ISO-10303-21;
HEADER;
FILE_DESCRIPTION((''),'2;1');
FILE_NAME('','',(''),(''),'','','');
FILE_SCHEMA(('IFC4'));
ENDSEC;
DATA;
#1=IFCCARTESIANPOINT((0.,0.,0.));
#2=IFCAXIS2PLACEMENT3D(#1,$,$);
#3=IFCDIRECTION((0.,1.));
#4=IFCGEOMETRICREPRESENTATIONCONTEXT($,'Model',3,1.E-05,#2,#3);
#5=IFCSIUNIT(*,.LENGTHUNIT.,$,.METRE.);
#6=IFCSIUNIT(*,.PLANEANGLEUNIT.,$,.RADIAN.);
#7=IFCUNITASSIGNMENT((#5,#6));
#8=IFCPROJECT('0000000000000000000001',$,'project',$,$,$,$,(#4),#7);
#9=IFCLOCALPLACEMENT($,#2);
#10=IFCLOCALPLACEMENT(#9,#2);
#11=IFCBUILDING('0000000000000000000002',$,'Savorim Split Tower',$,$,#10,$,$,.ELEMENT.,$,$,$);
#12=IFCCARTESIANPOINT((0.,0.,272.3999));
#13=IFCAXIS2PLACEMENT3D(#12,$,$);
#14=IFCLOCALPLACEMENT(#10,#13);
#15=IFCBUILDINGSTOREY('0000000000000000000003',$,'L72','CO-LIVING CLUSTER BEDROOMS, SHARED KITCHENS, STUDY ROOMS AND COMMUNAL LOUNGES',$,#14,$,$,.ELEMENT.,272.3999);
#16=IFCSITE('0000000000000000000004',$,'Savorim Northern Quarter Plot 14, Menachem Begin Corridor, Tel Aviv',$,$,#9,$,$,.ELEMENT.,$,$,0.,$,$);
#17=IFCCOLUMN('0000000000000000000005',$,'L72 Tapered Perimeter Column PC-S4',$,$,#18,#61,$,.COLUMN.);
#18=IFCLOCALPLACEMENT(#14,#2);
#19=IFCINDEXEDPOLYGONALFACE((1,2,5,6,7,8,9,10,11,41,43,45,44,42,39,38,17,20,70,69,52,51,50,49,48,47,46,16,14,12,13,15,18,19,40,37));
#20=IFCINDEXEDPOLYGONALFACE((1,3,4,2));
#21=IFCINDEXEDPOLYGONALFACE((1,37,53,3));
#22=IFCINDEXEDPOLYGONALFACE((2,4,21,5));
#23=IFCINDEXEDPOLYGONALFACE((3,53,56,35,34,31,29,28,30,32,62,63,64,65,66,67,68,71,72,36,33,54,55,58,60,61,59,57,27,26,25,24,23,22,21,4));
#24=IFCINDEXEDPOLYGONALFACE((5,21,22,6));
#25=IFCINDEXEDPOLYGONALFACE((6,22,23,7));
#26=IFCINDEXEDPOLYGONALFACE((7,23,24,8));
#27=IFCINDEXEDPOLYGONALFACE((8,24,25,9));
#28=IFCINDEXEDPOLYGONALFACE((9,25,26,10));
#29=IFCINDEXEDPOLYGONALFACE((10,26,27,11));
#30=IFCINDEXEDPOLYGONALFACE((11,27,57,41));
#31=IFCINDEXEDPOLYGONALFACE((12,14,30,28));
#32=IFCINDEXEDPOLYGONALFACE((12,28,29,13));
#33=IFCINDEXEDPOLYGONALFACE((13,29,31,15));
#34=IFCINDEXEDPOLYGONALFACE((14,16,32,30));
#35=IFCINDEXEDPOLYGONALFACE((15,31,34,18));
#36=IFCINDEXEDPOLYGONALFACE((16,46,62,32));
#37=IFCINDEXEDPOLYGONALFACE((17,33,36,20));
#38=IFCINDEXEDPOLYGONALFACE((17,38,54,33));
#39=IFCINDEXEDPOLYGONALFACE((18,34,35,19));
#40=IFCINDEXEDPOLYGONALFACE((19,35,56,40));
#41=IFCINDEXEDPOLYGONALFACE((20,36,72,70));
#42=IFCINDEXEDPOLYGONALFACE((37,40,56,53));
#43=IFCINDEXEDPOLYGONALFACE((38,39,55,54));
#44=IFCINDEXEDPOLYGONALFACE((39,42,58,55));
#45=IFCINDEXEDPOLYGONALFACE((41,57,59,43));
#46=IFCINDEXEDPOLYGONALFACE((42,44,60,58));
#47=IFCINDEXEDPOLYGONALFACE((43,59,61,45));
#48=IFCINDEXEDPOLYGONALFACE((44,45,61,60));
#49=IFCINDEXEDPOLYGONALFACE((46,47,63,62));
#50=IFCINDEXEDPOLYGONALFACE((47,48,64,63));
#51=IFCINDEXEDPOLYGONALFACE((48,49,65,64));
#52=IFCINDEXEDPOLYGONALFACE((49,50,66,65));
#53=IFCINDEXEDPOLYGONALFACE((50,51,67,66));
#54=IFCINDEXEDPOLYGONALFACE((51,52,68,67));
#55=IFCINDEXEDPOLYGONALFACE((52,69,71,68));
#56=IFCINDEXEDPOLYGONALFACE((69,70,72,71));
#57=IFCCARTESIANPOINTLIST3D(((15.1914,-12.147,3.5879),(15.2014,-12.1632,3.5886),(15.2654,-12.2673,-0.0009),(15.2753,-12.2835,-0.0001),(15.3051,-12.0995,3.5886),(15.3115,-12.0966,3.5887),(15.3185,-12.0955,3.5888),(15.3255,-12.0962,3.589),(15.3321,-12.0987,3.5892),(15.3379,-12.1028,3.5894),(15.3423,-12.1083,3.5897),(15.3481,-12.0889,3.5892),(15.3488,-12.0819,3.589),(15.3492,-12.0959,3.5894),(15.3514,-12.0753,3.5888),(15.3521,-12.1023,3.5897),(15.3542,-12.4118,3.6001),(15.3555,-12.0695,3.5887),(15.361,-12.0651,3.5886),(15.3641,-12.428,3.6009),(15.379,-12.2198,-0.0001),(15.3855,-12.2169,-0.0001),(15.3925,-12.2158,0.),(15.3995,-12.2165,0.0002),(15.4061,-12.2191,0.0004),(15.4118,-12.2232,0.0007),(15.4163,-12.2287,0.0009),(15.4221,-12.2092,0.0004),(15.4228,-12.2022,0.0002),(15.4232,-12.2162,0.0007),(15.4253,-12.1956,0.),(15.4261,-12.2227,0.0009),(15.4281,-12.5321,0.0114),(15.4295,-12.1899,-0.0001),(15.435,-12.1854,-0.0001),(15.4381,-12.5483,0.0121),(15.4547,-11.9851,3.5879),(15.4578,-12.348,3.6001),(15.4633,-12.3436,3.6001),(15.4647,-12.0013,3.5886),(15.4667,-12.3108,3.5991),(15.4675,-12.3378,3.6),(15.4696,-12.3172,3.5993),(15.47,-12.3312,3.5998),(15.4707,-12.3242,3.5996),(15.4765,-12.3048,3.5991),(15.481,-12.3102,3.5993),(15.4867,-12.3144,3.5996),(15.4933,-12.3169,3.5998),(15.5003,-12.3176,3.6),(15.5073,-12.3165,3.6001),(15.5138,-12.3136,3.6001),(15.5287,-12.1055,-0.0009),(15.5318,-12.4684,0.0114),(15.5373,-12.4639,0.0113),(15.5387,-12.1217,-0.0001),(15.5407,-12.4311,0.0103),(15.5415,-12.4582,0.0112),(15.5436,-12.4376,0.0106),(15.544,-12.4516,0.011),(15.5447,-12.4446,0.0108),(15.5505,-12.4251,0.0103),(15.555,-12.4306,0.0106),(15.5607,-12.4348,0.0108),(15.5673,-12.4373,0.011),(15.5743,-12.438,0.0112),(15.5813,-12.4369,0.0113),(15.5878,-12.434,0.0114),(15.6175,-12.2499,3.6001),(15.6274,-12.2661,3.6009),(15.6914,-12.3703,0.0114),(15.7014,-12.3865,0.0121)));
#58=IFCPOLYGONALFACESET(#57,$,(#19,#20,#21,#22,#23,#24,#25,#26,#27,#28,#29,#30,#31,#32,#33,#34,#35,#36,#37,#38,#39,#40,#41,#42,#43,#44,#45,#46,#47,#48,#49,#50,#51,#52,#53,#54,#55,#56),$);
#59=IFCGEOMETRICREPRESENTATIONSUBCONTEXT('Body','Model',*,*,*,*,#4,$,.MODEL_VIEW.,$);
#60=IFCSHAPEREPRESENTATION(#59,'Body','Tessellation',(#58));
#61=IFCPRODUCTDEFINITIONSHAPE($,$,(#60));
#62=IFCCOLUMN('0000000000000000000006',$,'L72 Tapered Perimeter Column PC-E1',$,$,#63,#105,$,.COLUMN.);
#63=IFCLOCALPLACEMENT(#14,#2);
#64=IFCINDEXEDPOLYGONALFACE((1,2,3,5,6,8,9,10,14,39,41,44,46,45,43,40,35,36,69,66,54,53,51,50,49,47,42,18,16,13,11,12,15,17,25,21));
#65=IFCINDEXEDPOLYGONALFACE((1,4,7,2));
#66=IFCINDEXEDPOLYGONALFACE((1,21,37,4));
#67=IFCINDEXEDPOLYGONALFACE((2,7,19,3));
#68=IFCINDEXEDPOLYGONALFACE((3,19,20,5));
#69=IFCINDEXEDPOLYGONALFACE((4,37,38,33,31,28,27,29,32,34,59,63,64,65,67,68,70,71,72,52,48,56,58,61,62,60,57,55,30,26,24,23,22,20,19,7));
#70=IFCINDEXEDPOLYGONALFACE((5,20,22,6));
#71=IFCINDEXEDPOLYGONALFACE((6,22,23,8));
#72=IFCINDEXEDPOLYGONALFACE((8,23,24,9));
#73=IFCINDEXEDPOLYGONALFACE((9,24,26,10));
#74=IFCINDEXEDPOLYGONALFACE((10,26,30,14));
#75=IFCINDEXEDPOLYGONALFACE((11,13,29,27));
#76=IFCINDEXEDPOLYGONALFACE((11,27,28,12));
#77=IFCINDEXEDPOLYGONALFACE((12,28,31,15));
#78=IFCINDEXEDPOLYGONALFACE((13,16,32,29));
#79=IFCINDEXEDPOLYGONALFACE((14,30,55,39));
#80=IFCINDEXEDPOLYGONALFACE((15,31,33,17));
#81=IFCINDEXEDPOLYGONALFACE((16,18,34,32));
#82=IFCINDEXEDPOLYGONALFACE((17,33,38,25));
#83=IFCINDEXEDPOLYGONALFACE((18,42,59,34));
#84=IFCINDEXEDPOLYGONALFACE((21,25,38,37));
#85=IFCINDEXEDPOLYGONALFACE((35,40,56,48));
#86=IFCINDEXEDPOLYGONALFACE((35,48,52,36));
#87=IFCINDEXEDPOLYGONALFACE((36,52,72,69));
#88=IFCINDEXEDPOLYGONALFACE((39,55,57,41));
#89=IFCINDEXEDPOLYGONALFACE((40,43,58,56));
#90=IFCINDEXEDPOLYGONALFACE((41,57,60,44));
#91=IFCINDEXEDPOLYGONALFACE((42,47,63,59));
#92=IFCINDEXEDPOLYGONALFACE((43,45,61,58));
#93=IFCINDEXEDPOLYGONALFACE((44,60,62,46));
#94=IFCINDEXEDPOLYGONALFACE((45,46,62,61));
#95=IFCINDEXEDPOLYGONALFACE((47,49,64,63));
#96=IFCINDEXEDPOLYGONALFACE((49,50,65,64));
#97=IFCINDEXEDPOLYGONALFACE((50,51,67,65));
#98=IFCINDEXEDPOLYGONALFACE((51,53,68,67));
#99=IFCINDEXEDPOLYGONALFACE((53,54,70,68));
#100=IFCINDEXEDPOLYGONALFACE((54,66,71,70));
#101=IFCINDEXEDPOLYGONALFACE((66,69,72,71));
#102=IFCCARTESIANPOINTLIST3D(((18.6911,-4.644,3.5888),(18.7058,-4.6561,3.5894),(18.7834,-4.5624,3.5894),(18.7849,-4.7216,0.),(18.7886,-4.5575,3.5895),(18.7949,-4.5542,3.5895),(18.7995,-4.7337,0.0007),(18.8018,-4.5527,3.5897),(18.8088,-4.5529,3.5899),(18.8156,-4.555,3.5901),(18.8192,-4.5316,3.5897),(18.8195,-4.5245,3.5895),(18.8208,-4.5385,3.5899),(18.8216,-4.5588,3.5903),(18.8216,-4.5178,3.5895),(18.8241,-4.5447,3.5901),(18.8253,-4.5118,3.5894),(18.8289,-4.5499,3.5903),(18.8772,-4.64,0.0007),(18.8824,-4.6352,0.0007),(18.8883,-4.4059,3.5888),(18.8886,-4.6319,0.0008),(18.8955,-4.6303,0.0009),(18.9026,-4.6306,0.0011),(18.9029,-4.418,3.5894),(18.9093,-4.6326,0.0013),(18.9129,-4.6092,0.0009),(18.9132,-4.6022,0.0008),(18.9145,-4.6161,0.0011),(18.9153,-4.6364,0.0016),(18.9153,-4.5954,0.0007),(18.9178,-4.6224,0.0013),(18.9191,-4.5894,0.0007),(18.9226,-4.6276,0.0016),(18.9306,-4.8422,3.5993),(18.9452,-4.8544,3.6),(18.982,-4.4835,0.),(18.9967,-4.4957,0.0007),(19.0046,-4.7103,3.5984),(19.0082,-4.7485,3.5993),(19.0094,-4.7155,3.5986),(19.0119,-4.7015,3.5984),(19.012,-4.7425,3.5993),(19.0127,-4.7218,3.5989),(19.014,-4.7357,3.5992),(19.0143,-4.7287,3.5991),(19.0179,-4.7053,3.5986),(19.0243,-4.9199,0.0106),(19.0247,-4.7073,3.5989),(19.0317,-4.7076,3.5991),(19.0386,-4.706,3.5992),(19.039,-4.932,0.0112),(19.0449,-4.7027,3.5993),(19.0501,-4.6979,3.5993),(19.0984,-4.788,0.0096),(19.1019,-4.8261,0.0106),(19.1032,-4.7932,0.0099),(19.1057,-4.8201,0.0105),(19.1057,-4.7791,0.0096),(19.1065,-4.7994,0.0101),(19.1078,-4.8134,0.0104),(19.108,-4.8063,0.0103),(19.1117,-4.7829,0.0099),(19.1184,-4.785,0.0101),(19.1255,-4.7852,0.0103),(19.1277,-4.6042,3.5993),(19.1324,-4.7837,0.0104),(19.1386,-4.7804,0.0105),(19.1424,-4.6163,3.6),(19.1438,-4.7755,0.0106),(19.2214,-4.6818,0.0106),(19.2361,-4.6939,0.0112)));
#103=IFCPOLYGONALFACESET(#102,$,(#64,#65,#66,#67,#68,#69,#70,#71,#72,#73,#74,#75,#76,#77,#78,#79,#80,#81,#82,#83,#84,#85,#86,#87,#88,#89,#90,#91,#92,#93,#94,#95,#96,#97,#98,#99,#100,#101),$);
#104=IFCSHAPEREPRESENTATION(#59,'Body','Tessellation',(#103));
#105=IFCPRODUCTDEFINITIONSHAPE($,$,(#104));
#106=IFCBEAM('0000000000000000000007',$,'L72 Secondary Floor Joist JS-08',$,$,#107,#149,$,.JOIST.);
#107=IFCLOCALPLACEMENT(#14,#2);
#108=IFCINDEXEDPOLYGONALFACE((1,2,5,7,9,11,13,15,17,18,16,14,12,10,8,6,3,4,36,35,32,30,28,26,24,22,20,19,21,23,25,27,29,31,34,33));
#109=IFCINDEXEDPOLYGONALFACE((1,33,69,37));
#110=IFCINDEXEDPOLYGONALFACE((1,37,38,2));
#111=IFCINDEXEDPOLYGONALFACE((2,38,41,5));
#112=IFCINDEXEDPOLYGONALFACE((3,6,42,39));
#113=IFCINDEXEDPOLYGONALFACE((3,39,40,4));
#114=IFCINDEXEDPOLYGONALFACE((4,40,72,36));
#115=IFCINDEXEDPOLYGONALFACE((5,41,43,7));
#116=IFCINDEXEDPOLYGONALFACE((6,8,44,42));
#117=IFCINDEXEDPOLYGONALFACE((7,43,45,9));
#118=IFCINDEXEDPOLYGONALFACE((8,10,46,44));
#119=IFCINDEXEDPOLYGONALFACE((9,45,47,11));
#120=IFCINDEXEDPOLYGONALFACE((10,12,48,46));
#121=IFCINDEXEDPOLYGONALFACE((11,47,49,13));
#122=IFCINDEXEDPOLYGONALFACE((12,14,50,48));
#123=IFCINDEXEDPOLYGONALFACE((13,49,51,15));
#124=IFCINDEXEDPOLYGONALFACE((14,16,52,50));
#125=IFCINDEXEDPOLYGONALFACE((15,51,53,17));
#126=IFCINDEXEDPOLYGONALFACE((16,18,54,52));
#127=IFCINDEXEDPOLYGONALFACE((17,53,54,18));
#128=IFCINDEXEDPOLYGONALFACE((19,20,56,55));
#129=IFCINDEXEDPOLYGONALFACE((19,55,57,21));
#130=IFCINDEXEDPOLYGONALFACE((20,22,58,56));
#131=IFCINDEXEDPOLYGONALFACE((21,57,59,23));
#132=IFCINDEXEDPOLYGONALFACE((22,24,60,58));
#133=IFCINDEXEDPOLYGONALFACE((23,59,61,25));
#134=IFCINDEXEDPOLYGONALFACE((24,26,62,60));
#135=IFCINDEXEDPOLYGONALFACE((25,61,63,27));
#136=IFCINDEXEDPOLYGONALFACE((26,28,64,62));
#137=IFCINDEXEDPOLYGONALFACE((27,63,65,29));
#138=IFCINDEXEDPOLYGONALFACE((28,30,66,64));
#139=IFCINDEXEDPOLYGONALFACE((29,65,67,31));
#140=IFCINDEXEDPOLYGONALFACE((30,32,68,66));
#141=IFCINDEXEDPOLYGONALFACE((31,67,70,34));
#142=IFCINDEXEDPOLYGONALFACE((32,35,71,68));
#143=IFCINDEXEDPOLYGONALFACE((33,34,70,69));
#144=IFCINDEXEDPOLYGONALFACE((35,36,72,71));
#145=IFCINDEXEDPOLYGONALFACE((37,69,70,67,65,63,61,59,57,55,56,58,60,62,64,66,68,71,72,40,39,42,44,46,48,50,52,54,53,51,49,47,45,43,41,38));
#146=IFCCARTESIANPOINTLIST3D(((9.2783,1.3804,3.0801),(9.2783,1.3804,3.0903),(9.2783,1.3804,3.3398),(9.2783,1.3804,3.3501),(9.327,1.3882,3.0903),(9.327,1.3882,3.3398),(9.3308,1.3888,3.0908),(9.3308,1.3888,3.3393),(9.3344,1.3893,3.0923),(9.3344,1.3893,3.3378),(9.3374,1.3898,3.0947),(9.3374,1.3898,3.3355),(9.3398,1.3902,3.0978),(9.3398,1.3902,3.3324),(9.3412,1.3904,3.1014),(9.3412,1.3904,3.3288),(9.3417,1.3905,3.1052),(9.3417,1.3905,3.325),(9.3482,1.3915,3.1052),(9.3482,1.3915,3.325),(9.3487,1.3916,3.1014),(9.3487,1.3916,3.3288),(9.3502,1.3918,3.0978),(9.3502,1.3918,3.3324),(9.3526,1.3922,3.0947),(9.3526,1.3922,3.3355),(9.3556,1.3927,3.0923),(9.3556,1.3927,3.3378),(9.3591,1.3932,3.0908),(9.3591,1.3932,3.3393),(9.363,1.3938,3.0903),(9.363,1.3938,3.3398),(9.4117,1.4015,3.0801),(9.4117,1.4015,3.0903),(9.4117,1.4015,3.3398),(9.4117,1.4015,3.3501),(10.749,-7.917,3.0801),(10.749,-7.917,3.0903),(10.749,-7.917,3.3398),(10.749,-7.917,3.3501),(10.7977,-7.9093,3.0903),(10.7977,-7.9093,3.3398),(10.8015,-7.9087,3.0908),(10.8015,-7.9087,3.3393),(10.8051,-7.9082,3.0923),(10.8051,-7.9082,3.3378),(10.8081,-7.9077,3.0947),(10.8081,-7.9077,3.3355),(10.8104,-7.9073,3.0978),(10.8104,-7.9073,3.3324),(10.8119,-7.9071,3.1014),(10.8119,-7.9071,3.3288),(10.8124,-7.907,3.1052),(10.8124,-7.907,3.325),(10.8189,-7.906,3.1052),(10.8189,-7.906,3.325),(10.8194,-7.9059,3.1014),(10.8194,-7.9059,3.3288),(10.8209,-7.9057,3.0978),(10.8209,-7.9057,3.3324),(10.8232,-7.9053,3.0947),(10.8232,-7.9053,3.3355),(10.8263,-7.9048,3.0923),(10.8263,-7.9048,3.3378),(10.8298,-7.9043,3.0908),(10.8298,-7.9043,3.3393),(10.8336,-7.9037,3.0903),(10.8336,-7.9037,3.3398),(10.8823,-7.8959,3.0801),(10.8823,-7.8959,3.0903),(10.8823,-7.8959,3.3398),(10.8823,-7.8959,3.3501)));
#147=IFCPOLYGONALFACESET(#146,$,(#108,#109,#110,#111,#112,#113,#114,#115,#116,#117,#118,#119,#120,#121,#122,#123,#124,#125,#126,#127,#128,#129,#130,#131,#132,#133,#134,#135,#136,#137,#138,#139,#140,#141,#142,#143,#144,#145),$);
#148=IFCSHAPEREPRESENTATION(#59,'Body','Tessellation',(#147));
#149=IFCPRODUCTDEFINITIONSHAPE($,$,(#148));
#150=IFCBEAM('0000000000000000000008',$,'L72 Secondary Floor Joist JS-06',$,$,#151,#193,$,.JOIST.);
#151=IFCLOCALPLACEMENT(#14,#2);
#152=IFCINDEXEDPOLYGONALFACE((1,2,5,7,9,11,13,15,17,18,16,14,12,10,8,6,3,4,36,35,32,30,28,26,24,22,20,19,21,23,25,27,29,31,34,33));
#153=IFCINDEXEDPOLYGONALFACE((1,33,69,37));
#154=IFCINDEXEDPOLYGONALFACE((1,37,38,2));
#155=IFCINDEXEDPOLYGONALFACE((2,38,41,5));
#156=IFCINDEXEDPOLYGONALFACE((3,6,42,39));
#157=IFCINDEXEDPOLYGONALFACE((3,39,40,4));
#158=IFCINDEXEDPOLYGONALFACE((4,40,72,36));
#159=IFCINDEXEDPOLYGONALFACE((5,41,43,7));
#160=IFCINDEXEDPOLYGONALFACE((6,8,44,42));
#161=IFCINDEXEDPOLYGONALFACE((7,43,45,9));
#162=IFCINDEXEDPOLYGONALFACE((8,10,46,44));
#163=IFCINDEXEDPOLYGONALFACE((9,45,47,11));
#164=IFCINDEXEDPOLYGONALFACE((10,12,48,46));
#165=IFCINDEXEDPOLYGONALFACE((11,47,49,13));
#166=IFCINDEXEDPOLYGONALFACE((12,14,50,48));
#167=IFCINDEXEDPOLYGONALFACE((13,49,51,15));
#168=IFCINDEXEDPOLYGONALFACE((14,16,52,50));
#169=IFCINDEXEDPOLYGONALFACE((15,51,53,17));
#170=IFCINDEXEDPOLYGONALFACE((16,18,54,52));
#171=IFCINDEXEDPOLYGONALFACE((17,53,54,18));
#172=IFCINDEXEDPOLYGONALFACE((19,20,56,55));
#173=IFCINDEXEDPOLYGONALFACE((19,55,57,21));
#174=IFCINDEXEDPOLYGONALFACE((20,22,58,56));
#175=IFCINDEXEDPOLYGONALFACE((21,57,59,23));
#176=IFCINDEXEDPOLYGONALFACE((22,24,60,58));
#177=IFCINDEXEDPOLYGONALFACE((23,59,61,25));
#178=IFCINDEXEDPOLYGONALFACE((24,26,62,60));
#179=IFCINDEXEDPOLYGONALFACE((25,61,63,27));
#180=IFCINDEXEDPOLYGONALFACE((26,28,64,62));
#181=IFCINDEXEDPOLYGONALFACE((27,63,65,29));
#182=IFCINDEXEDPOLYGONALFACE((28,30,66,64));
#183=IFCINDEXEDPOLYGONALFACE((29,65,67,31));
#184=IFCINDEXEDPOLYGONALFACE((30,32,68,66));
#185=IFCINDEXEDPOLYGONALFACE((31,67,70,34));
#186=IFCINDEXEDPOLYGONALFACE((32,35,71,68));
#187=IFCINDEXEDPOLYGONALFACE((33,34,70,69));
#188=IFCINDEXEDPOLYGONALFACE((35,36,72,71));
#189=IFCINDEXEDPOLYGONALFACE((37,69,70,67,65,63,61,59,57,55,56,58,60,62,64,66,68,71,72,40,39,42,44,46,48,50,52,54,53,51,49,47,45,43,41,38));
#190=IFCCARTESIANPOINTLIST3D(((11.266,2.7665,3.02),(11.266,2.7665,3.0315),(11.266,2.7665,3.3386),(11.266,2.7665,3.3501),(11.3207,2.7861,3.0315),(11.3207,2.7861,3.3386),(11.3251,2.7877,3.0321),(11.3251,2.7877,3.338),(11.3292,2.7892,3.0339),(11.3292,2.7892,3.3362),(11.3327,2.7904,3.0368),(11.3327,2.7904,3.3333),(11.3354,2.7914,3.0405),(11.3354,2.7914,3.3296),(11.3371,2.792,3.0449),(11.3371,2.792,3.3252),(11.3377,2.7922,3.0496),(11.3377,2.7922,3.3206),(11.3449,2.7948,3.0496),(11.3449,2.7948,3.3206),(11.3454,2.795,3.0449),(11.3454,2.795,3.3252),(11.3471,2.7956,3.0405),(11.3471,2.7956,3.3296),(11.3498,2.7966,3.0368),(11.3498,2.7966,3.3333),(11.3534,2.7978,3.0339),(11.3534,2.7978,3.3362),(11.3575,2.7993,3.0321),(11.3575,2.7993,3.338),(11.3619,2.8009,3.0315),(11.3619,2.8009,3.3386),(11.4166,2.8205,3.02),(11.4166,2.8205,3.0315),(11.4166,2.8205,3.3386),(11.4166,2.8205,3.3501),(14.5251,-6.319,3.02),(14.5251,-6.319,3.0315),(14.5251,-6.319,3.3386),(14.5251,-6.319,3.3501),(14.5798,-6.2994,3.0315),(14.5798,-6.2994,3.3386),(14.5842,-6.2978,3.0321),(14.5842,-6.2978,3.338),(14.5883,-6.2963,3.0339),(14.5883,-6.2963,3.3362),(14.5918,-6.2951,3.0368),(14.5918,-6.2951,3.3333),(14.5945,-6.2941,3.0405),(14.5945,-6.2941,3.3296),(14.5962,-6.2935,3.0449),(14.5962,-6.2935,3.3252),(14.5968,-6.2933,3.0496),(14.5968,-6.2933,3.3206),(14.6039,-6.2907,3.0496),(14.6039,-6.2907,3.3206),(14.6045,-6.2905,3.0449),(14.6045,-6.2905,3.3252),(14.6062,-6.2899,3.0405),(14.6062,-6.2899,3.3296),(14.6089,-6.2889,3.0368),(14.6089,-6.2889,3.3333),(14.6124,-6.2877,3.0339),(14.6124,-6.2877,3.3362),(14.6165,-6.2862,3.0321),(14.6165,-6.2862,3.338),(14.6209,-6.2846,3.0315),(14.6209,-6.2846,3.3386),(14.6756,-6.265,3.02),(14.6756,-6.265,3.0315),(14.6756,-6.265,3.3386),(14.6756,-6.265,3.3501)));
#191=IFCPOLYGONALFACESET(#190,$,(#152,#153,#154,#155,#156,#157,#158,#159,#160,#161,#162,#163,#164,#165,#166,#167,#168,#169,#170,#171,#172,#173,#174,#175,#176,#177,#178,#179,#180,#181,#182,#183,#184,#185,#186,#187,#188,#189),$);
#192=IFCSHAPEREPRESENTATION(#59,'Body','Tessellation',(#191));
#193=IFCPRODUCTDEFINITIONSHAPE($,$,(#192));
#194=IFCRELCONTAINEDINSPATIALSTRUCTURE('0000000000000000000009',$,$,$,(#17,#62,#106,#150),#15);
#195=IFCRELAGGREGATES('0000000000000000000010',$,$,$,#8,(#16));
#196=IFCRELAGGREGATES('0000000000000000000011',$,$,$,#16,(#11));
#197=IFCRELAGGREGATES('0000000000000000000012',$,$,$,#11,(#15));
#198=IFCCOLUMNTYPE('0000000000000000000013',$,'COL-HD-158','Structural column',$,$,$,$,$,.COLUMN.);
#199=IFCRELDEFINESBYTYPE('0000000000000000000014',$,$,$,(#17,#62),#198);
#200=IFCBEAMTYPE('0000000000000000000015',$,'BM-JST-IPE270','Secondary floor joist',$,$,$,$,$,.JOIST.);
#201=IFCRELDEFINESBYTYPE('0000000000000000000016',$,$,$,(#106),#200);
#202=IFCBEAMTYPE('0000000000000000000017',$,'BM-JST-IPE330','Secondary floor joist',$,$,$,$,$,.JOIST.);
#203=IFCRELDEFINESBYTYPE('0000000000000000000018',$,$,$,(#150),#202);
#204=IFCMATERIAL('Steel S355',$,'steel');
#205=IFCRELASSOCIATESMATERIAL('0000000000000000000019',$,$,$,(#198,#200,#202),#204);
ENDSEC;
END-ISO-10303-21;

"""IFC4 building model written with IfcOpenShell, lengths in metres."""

from ifc_helpers import new_model, si_unit, direction, frame, origin, origin_2d, place, context, subcontext, project, spatial, i_section, extrude, material, material_profile, profile_set, type_object, element, save


model = new_model("IFC4")

# Units and contexts
model_context = context("Model", 3, precision=1e-05, world=origin(), true_north=direction((0.0, 1.0)))
body_context = subcontext(model_context, "Body", "Model", "MODEL_VIEW")
ifc_project = project(units=[si_unit("LENGTHUNIT", "METRE"), si_unit("PLANEANGLEUNIT", "RADIAN")], contexts=[model_context])

# Site, building, storey
site_placement = place(None, origin())
site = spatial("IfcSite", under=ifc_project, at=site_placement, Name="Savorim Northern Quarter Plot 14, Menachem Begin Corridor, Tel Aviv", CompositionType="ELEMENT", RefElevation=0.0)
building_placement = place(site_placement, origin())
building = spatial("IfcBuilding", under=site, at=building_placement, Name="Savorim Split Tower", CompositionType="ELEMENT")
storey_placement = place(building_placement, frame((0.0, 0.0, 272.3999)))
storey = spatial("IfcBuildingStorey", under=building, at=storey_placement, Name="L72", Description="CO-LIVING CLUSTER BEDROOMS, SHARED KITCHENS, STUDY ROOMS AND COMMUNAL LOUNGES", CompositionType="ELEMENT", Elevation=272.3999)

# Columns
ifc_material_1 = material(Name="Steel S355", Category="steel")
ifc_material_profile_1 = material_profile(ifc_material_1, i_section(OverallWidth=0.3091, OverallDepth=0.3301, WebThickness=0.0115, FlangeThickness=0.019, FilletRadius=0.0271, at=origin_2d()), Name="HD 320x158")
ifc_profile_set_1 = profile_set([ifc_material_profile_1], Name="Steel S355")
column_type = type_object("IfcColumnType", Name="COL-HD-158", Description="Structural column", PredefinedType="COLUMN", material=ifc_profile_set_1)
column_1_placement = place(storey_placement, frame((15.4834, -12.3269, 0.0056), z_axis=(-0.020596, 0.033511, 0.999226), x_axis=(-0.851955, -0.523615, 0.0)))
element("IfcColumn", 1, at=column_1_placement, inside=storey, type_object=column_type, Name="L72 Tapered Perimeter Column PC-S4", PredefinedType="COLUMN", context=body_context, shape_type="SweptSolid", body=[
    extrude(i_section(OverallWidth=0.3091, OverallDepth=0.3301, WebThickness=0.0115, FlangeThickness=0.019, FilletRadius=0.0271, at=origin_2d()), origin(), (0.0, 0.0, 1.0), 3.5916),
])
column_2_placement = place(storey_placement, frame((19.0105, -4.7078, 0.0056), z_axis=(-0.026107, 0.02162, 0.999425), x_axis=(-0.637814, -0.77019, 0.0)))
element("IfcColumn", 2, at=column_2_placement, inside=storey, type_object=column_type, Name="L72 Tapered Perimeter Column PC-E1", PredefinedType="COLUMN", context=body_context, shape_type="SweptSolid", body=[
    extrude(i_section(OverallWidth=0.3091, OverallDepth=0.3301, WebThickness=0.0115, FlangeThickness=0.019, FilletRadius=0.0271, at=origin_2d()), origin(), (0.0, 0.0, 1.0), 3.5908),
])

# Beams
ifc_material_profile_2 = material_profile(ifc_material_1, i_section(OverallWidth=0.135, OverallDepth=0.27, WebThickness=0.0066, FlangeThickness=0.0103, FilletRadius=0.0149, at=origin_2d()), Name="IPE 270")
ifc_profile_set_2 = profile_set([ifc_material_profile_2], Name="Steel S355")
beam_type_1 = type_object("IfcBeamType", Name="BM-JST-IPE270", Description="Secondary floor joist", PredefinedType="JOIST", material=ifc_profile_set_2)
beam_1_placement = place(storey_placement, frame((10.8157, -7.9065, 3.2151), z_axis=(-0.156238, 0.987719, 0.0), x_axis=(-0.987719, -0.156238, 0.0)))
element("IfcBeam", 3, at=beam_1_placement, inside=storey, type_object=beam_type_1, Name="L72 Secondary Floor Joist JS-08", PredefinedType="JOIST", context=body_context, shape_type="SweptSolid", body=[
    extrude(i_section(OverallWidth=0.135, OverallDepth=0.27, WebThickness=0.0066, FlangeThickness=0.0103, FilletRadius=0.0149, at=origin_2d()), origin(), (0.0, 0.0, 1.0), 9.4131),
])
ifc_material_profile_3 = material_profile(ifc_material_1, i_section(OverallWidth=0.1599, OverallDepth=0.3301, WebThickness=0.0076, FlangeThickness=0.0115, FilletRadius=0.0181, at=origin_2d()), Name="IPE 330")
ifc_profile_set_3 = profile_set([ifc_material_profile_3], Name="Steel S355")
beam_type_2 = type_object("IfcBeamType", Name="BM-JST-IPE330", Description="Secondary floor joist", PredefinedType="JOIST", material=ifc_profile_set_3)
beam_2_placement = place(storey_placement, frame((14.6003, -6.292, 3.1851), z_axis=(-0.337644, 0.941274, 0.0), x_axis=(-0.941274, -0.337644, 0.0)))
element("IfcBeam", 4, at=beam_2_placement, inside=storey, type_object=beam_type_2, Name="L72 Secondary Floor Joist JS-06", PredefinedType="JOIST", context=body_context, shape_type="SweptSolid", body=[
    extrude(i_section(OverallWidth=0.1599, OverallDepth=0.3301, WebThickness=0.0076, FlangeThickness=0.0115, FilletRadius=0.0181, at=origin_2d()), origin(), (0.0, 0.0, 1.0), 9.6523),
])

save(model, "model.ifc")
